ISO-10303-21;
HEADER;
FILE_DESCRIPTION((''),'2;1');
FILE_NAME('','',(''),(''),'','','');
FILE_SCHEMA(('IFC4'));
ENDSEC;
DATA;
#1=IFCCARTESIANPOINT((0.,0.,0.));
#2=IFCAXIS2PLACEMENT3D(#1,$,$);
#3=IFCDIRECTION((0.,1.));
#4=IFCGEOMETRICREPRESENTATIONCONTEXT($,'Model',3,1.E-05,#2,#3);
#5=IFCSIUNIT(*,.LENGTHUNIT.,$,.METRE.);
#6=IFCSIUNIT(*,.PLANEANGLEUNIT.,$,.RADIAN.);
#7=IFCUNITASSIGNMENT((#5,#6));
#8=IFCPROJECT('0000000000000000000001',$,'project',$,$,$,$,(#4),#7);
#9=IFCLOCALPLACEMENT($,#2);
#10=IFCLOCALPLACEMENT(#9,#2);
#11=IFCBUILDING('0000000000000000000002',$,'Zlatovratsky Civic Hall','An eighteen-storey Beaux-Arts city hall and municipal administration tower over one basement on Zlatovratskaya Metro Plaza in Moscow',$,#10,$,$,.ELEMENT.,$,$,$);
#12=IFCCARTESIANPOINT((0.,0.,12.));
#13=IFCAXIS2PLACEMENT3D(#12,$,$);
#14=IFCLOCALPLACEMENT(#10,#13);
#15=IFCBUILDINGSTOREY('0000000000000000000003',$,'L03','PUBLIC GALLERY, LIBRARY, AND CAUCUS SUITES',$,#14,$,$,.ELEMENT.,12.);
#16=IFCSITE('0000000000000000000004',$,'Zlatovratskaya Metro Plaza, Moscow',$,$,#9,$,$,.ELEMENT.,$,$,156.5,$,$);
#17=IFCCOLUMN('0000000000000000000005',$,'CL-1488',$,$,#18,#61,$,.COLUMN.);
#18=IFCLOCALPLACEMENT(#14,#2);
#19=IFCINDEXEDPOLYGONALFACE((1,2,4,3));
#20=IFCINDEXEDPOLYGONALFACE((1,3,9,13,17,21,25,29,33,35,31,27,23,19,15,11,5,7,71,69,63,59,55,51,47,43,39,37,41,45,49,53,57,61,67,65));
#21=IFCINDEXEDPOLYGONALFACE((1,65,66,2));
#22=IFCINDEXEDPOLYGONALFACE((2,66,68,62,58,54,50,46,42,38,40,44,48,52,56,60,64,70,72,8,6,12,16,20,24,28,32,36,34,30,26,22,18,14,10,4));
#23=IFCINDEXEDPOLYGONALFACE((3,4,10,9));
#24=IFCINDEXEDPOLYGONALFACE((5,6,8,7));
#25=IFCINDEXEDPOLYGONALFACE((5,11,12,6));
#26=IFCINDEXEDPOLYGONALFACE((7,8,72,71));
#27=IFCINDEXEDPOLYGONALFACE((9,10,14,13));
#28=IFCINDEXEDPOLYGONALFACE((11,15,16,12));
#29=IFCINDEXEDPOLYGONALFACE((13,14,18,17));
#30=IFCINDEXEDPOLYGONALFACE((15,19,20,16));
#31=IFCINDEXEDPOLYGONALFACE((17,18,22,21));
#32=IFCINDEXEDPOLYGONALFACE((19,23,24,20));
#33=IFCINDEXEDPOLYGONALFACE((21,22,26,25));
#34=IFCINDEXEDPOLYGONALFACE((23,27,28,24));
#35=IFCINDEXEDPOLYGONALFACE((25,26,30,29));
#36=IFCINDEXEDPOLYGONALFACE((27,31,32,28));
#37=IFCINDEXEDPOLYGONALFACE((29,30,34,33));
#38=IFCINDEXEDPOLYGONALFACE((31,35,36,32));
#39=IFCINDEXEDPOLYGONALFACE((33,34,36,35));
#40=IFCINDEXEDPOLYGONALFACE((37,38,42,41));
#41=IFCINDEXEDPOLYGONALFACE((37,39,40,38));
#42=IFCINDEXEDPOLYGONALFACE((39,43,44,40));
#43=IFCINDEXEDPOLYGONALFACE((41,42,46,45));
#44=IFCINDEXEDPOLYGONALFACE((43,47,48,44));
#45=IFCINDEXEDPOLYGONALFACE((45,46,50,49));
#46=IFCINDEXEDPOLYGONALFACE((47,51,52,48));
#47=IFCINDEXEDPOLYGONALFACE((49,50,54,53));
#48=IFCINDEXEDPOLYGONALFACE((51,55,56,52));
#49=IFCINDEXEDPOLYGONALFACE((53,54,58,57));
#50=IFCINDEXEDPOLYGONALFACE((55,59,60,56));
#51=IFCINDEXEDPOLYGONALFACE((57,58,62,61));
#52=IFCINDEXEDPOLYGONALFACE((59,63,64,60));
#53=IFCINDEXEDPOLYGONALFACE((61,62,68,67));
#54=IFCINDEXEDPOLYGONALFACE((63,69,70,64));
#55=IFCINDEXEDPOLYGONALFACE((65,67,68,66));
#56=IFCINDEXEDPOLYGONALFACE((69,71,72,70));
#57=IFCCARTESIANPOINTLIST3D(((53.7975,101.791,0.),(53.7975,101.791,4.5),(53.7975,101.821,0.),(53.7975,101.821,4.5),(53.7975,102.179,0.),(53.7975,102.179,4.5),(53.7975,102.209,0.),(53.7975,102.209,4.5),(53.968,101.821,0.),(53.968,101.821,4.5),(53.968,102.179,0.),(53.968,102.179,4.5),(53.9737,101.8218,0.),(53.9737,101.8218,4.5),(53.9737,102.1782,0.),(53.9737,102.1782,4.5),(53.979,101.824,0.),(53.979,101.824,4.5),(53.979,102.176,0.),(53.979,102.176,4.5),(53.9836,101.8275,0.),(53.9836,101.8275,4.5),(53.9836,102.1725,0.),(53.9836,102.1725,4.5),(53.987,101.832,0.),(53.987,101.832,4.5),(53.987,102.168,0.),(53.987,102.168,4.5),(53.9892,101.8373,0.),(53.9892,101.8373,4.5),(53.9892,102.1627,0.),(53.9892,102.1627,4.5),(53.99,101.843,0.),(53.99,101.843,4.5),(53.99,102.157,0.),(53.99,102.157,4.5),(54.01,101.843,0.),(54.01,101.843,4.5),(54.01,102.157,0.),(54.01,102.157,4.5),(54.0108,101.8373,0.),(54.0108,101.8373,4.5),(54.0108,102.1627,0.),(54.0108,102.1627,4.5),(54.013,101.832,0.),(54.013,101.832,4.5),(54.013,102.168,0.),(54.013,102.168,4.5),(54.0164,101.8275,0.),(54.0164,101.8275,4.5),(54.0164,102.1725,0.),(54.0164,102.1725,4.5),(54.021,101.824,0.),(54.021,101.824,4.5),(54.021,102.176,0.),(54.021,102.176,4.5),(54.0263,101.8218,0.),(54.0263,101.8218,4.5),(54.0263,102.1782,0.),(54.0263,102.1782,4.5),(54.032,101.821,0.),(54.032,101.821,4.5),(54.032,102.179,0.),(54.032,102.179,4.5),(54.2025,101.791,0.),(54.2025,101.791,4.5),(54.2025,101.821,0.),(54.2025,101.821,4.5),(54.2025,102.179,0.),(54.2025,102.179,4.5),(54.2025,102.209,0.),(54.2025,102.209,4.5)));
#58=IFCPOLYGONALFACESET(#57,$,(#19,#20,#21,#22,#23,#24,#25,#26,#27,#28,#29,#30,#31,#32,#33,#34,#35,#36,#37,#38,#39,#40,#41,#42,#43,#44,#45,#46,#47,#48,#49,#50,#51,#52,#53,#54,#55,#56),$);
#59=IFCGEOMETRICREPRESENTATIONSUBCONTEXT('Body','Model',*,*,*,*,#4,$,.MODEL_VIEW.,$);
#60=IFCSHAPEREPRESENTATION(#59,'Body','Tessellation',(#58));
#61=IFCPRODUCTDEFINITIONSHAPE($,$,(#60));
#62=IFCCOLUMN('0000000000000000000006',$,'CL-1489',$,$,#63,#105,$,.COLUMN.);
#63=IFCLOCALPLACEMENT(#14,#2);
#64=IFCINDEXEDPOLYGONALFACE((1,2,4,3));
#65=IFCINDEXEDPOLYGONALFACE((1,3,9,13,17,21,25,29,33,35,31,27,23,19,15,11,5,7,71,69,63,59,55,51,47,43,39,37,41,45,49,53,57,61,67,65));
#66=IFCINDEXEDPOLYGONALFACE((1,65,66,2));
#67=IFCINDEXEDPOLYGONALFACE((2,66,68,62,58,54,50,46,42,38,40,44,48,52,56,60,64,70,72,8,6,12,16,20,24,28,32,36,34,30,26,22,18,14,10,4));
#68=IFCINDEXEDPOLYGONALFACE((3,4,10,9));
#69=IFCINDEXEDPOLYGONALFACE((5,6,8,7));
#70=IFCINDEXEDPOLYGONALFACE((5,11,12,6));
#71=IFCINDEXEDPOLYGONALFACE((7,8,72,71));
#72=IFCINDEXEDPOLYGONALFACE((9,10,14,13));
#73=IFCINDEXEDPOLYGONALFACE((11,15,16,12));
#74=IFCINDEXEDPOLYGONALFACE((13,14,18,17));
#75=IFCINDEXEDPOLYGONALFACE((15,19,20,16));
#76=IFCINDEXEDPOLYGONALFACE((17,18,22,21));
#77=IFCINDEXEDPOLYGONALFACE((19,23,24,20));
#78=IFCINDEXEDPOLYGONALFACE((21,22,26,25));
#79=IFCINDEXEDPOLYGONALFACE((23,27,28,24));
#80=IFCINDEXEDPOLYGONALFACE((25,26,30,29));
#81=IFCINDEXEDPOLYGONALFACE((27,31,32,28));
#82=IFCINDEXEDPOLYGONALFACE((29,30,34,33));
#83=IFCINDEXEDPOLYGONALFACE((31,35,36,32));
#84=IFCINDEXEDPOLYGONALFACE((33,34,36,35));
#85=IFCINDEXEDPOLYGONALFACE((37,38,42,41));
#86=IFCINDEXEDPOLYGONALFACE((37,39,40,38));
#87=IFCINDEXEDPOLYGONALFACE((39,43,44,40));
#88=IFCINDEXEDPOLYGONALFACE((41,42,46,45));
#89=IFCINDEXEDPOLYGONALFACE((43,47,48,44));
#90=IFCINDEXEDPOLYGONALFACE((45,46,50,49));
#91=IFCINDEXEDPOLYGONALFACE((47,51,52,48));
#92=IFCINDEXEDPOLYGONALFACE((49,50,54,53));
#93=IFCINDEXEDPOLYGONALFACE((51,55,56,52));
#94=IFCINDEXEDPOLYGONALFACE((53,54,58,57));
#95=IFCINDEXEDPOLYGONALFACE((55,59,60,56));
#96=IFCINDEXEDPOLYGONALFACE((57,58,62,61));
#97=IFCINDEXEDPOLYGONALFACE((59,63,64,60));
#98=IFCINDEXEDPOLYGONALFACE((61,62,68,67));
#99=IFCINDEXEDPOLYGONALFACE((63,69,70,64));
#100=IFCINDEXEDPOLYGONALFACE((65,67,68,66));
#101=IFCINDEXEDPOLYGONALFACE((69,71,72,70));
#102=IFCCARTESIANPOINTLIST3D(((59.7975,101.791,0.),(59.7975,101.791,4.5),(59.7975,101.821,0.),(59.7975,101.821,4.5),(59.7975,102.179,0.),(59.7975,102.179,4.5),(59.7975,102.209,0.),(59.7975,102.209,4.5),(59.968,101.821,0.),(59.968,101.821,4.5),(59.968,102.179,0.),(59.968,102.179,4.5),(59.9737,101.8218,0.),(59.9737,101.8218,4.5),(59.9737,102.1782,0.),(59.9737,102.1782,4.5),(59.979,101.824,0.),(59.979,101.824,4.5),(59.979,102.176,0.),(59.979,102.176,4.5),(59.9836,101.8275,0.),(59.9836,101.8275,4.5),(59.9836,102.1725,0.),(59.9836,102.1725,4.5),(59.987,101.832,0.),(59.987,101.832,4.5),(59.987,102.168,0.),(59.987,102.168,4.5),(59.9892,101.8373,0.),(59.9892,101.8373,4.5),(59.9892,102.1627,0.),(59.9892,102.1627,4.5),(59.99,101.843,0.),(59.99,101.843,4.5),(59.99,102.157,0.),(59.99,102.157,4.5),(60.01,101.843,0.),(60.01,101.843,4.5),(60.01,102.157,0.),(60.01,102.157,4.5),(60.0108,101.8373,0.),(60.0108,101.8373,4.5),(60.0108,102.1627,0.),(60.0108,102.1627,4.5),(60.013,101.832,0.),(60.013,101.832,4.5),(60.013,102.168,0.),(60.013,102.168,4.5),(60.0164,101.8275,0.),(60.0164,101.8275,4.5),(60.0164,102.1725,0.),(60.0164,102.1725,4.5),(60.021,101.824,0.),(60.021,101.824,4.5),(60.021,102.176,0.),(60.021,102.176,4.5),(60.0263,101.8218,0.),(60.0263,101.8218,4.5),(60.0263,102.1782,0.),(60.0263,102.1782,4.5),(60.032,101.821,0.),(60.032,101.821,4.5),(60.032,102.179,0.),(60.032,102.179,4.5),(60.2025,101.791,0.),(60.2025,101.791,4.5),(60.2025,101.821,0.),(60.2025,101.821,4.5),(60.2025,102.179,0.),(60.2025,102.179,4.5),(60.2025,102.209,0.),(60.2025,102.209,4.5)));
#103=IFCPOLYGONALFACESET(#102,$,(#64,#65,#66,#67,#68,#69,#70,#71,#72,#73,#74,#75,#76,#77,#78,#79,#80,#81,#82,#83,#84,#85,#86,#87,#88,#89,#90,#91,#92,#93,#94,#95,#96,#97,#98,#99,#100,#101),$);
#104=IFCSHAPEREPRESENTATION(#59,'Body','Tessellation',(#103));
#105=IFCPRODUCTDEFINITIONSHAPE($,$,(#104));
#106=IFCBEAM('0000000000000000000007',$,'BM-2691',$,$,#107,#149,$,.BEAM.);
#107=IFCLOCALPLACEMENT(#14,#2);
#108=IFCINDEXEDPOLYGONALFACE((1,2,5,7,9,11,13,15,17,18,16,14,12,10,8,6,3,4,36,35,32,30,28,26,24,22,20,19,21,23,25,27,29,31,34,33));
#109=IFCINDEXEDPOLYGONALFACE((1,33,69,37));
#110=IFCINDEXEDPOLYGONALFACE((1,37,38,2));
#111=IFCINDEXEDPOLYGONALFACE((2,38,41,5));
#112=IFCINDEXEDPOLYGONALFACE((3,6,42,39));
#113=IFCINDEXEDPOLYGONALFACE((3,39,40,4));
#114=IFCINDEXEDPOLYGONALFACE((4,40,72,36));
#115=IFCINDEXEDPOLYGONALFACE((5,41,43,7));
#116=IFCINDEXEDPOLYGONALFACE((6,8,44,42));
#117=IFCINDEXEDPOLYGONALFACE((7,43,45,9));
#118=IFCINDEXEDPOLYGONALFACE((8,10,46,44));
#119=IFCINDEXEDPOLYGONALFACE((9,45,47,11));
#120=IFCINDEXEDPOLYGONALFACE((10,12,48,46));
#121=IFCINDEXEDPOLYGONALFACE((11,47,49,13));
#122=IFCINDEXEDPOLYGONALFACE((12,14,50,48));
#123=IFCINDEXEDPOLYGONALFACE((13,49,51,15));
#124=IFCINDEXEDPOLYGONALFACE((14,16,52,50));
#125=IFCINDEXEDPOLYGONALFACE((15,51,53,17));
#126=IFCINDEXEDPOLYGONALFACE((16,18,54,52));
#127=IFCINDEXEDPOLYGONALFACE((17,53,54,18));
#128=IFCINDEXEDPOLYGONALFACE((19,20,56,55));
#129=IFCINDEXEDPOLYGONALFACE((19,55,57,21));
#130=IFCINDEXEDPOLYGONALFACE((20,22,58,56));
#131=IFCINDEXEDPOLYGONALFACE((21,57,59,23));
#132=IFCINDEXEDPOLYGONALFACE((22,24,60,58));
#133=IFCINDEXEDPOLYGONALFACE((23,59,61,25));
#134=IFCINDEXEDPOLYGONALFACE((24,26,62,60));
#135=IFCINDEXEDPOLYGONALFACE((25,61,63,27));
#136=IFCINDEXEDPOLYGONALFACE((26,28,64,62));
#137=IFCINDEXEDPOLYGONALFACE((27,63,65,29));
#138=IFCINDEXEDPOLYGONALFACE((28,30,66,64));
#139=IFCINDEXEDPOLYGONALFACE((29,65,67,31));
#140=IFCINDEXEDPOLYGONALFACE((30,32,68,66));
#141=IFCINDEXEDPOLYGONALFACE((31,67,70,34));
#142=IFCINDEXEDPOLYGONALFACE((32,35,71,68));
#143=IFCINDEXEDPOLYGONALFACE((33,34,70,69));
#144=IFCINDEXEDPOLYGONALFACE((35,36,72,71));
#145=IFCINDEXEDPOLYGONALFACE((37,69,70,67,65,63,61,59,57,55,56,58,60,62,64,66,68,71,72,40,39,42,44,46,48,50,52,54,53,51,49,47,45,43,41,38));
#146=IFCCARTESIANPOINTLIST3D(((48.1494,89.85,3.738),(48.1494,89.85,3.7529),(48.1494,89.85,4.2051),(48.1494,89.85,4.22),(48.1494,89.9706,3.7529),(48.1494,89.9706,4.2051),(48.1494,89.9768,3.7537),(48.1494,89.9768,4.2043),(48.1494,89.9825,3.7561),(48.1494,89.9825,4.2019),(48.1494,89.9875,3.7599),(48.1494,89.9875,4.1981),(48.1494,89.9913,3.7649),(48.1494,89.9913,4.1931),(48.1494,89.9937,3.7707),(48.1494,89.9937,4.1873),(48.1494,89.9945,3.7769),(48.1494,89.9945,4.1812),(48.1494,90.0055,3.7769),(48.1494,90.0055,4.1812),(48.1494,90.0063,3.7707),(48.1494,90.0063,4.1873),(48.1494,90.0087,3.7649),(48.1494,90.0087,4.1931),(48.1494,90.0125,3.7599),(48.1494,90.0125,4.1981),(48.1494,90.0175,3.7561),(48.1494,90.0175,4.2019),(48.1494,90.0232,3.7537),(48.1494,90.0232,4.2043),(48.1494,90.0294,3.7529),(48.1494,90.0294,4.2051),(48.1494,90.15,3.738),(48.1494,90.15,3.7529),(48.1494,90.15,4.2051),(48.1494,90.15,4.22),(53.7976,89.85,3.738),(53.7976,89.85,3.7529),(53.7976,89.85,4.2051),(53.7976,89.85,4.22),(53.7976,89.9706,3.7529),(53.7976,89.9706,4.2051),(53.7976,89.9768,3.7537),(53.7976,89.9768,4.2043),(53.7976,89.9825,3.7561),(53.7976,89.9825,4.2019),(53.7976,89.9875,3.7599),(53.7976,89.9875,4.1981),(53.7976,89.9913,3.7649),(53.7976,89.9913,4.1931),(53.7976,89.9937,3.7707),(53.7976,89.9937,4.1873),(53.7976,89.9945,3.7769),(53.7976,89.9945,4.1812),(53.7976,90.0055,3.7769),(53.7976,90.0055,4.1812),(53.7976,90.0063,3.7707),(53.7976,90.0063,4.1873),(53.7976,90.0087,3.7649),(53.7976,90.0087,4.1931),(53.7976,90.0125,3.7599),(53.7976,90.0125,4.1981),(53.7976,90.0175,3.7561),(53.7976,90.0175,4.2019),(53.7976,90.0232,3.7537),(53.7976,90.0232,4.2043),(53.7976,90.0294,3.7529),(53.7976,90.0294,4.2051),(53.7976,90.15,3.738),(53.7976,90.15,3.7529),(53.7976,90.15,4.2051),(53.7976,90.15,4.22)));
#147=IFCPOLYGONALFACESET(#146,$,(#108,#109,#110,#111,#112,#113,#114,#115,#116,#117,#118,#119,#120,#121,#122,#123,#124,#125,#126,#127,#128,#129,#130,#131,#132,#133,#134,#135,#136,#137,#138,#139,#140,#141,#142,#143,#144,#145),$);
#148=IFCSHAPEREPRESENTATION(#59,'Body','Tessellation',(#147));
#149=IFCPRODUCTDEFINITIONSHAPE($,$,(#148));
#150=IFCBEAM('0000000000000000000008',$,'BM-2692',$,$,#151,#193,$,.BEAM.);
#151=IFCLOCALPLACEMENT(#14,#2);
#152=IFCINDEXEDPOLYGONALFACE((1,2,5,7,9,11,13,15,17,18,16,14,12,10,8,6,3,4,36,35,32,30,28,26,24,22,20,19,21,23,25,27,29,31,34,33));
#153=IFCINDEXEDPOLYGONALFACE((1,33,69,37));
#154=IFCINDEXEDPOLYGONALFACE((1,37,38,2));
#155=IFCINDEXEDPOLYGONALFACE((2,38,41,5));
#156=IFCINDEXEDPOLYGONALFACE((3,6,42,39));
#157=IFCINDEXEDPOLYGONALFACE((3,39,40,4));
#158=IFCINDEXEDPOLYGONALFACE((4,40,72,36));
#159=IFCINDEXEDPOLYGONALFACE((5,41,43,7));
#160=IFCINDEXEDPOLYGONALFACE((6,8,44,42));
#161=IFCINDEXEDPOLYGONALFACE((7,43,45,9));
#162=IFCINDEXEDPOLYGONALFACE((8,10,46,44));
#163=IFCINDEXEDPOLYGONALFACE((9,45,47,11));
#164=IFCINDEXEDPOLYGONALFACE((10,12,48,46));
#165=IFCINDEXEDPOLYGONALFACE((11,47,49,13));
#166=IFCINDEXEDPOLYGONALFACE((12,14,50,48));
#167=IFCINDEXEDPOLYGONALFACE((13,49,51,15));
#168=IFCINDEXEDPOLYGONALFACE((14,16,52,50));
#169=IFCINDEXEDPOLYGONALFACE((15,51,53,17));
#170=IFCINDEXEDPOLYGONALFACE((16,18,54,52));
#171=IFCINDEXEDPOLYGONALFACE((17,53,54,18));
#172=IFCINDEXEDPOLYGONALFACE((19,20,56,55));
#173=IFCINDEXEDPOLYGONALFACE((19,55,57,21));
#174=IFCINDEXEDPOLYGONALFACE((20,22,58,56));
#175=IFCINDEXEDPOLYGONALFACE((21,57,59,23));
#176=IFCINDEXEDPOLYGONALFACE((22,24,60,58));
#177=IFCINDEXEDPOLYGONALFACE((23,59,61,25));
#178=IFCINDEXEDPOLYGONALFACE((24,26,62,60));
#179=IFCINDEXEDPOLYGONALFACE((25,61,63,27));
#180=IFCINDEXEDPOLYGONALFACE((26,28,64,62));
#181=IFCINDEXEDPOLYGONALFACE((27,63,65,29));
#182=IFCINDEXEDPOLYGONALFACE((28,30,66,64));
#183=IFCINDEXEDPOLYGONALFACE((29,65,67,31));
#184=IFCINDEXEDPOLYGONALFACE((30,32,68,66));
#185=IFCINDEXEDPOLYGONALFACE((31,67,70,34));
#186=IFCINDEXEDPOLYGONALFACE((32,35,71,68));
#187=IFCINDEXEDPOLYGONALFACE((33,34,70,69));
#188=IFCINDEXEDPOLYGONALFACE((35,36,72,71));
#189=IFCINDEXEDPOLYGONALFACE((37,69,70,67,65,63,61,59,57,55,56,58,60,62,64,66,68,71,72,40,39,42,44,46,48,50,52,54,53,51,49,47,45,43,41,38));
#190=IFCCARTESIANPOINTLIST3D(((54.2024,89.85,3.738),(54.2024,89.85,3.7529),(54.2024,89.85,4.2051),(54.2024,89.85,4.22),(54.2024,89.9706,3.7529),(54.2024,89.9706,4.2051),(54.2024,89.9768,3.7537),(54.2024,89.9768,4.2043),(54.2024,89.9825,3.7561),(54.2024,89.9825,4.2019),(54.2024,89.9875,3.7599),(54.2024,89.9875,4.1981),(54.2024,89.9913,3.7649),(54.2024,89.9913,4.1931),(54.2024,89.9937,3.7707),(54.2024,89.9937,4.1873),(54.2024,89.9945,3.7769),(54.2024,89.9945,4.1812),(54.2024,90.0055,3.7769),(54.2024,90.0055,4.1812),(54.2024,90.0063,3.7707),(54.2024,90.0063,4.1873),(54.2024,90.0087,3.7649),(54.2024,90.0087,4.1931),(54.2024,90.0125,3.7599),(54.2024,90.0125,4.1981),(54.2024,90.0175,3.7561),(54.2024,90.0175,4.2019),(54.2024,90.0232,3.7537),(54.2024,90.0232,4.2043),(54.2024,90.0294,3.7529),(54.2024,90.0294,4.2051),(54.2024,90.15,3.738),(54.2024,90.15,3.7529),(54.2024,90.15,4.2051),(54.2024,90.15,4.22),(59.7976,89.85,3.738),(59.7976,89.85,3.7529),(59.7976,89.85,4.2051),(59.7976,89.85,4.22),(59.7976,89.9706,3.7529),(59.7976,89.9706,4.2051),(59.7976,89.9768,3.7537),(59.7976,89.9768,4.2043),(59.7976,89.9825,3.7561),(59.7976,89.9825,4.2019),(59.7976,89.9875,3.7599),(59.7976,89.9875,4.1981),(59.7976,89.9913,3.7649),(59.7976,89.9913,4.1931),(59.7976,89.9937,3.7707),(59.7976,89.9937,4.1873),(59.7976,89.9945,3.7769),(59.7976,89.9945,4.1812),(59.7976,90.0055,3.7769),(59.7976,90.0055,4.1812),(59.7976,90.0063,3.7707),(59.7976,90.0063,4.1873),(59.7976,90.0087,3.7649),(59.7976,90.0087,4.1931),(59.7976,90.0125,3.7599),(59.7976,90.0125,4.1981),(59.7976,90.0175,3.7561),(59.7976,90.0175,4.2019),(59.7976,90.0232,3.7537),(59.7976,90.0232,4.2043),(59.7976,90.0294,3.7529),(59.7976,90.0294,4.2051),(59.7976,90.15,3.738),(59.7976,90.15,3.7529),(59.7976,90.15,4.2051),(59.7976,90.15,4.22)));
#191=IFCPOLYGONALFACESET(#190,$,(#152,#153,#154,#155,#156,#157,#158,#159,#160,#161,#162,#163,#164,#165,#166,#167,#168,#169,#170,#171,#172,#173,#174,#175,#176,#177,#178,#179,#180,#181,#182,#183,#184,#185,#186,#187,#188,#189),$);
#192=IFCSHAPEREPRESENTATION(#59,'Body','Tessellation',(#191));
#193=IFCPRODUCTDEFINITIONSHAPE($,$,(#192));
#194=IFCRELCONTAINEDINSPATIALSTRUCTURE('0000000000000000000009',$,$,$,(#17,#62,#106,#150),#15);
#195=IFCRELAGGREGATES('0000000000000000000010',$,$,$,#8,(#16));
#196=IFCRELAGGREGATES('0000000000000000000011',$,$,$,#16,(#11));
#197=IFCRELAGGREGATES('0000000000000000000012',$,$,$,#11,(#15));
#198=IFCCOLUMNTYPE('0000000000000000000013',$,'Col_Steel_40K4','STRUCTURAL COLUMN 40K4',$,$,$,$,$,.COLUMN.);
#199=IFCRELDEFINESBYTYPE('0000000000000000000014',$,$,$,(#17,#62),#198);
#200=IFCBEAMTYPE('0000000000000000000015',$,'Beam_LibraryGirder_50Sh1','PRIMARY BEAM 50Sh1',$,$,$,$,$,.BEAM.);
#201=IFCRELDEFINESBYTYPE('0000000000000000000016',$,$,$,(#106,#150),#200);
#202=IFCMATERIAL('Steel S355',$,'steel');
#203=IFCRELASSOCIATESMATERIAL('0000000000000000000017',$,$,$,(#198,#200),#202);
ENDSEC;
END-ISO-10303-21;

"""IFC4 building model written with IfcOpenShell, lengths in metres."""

from ifc_helpers import new_model, si_unit, direction, frame, origin, origin_2d, place, context, subcontext, project, spatial, i_section, extrude, material, material_profile, profile_set, type_object, element, save


model = new_model("IFC4")

# Units and contexts
model_context = context("Model", 3, precision=1e-05, world=origin(), true_north=direction((0.0, 1.0)))
body_context = subcontext(model_context, "Body", "Model", "MODEL_VIEW")
ifc_project = project(units=[si_unit("LENGTHUNIT", "METRE"), si_unit("PLANEANGLEUNIT", "RADIAN")], contexts=[model_context])

# Site, building, storey
site_placement = place(None, origin())
site = spatial("IfcSite", under=ifc_project, at=site_placement, Name="Zlatovratskaya Metro Plaza, Moscow", CompositionType="ELEMENT", RefElevation=156.5)
building_placement = place(site_placement, origin())
building = spatial("IfcBuilding", under=site, at=building_placement, Name="Zlatovratsky Civic Hall", Description="An eighteen-storey Beaux-Arts city hall and municipal administration tower over one basement on Zlatovratskaya Metro Plaza in Moscow", CompositionType="ELEMENT")
storey_placement = place(building_placement, frame((0.0, 0.0, 12.0)))
storey = spatial("IfcBuildingStorey", under=building, at=storey_placement, Name="L03", Description="PUBLIC GALLERY, LIBRARY, AND CAUCUS SUITES", CompositionType="ELEMENT", Elevation=12.0)

# Columns
ifc_material_1 = material(Name="Steel S355", Category="steel")
ifc_material_profile_1 = material_profile(ifc_material_1, i_section(OverallWidth=0.405, OverallDepth=0.418, WebThickness=0.02, FlangeThickness=0.03, FilletRadius=0.022, at=origin_2d()), Name="40K4")
ifc_profile_set_1 = profile_set([ifc_material_profile_1], Name="Steel S355")
column_type_1 = type_object("IfcColumnType", Name="Col_Steel_40K4", Description="STRUCTURAL COLUMN 40K4", PredefinedType="COLUMN", material=ifc_profile_set_1)
for number, where, z_axis, x_axis, name in (
    (1, (54.0, 102.0, 0.0), (0.0, 0.0, 1.0), (1.0, 0.0, 0.0), "CL-1488"),
    (2, (60.0, 102.0, 0.0), (0.0, 0.0, 1.0), (1.0, 0.0, 0.0), "CL-1489"),
):
    element("IfcColumn", number, at=place(storey_placement, frame(where, z_axis=z_axis, x_axis=x_axis)), inside=storey, type_object=column_type_1, Name=name, PredefinedType="COLUMN", context=body_context, shape_type="SweptSolid", body=[
        extrude(i_section(OverallWidth=0.405, OverallDepth=0.418, WebThickness=0.02, FlangeThickness=0.03, FilletRadius=0.022, at=origin_2d()), origin(), (0.0, 0.0, 1.0), 4.5),
    ])

# Beams
ifc_material_profile_2 = material_profile(ifc_material_1, i_section(OverallWidth=0.3, OverallDepth=0.4819, WebThickness=0.011, FlangeThickness=0.0149, FilletRadius=0.0239, at=origin_2d()), Name="50Sh1")
ifc_profile_set_2 = profile_set([ifc_material_profile_2], Name="Steel S355")
beam_type_1 = type_object("IfcBeamType", Name="Beam_LibraryGirder_50Sh1", Description="PRIMARY BEAM 50Sh1", PredefinedType="BEAM", material=ifc_profile_set_2)
beam_1_placement = place(storey_placement, frame((48.1494, 90.0, 3.979), z_axis=(1.0, 0.0, 0.0), x_axis=(0.0, 1.0, 0.0)))
element("IfcBeam", 3, at=beam_1_placement, inside=storey, type_object=beam_type_1, Name="BM-2691", PredefinedType="BEAM", context=body_context, shape_type="SweptSolid", body=[
    extrude(i_section(OverallWidth=0.3, OverallDepth=0.4819, WebThickness=0.011, FlangeThickness=0.0149, FilletRadius=0.0239, at=origin_2d()), origin(), (0.0, 0.0, 1.0), 5.6482),
])
beam_2_placement = place(storey_placement, frame((54.2024, 90.0, 3.979), z_axis=(1.0, 0.0, 0.0), x_axis=(0.0, 1.0, 0.0)))
element("IfcBeam", 4, at=beam_2_placement, inside=storey, type_object=beam_type_1, Name="BM-2692", PredefinedType="BEAM", context=body_context, shape_type="SweptSolid", body=[
    extrude(i_section(OverallWidth=0.3, OverallDepth=0.4819, WebThickness=0.011, FlangeThickness=0.0149, FilletRadius=0.0239, at=origin_2d()), origin(), (0.0, 0.0, 1.0), 5.5952),
])

save(model, "model.ifc")
